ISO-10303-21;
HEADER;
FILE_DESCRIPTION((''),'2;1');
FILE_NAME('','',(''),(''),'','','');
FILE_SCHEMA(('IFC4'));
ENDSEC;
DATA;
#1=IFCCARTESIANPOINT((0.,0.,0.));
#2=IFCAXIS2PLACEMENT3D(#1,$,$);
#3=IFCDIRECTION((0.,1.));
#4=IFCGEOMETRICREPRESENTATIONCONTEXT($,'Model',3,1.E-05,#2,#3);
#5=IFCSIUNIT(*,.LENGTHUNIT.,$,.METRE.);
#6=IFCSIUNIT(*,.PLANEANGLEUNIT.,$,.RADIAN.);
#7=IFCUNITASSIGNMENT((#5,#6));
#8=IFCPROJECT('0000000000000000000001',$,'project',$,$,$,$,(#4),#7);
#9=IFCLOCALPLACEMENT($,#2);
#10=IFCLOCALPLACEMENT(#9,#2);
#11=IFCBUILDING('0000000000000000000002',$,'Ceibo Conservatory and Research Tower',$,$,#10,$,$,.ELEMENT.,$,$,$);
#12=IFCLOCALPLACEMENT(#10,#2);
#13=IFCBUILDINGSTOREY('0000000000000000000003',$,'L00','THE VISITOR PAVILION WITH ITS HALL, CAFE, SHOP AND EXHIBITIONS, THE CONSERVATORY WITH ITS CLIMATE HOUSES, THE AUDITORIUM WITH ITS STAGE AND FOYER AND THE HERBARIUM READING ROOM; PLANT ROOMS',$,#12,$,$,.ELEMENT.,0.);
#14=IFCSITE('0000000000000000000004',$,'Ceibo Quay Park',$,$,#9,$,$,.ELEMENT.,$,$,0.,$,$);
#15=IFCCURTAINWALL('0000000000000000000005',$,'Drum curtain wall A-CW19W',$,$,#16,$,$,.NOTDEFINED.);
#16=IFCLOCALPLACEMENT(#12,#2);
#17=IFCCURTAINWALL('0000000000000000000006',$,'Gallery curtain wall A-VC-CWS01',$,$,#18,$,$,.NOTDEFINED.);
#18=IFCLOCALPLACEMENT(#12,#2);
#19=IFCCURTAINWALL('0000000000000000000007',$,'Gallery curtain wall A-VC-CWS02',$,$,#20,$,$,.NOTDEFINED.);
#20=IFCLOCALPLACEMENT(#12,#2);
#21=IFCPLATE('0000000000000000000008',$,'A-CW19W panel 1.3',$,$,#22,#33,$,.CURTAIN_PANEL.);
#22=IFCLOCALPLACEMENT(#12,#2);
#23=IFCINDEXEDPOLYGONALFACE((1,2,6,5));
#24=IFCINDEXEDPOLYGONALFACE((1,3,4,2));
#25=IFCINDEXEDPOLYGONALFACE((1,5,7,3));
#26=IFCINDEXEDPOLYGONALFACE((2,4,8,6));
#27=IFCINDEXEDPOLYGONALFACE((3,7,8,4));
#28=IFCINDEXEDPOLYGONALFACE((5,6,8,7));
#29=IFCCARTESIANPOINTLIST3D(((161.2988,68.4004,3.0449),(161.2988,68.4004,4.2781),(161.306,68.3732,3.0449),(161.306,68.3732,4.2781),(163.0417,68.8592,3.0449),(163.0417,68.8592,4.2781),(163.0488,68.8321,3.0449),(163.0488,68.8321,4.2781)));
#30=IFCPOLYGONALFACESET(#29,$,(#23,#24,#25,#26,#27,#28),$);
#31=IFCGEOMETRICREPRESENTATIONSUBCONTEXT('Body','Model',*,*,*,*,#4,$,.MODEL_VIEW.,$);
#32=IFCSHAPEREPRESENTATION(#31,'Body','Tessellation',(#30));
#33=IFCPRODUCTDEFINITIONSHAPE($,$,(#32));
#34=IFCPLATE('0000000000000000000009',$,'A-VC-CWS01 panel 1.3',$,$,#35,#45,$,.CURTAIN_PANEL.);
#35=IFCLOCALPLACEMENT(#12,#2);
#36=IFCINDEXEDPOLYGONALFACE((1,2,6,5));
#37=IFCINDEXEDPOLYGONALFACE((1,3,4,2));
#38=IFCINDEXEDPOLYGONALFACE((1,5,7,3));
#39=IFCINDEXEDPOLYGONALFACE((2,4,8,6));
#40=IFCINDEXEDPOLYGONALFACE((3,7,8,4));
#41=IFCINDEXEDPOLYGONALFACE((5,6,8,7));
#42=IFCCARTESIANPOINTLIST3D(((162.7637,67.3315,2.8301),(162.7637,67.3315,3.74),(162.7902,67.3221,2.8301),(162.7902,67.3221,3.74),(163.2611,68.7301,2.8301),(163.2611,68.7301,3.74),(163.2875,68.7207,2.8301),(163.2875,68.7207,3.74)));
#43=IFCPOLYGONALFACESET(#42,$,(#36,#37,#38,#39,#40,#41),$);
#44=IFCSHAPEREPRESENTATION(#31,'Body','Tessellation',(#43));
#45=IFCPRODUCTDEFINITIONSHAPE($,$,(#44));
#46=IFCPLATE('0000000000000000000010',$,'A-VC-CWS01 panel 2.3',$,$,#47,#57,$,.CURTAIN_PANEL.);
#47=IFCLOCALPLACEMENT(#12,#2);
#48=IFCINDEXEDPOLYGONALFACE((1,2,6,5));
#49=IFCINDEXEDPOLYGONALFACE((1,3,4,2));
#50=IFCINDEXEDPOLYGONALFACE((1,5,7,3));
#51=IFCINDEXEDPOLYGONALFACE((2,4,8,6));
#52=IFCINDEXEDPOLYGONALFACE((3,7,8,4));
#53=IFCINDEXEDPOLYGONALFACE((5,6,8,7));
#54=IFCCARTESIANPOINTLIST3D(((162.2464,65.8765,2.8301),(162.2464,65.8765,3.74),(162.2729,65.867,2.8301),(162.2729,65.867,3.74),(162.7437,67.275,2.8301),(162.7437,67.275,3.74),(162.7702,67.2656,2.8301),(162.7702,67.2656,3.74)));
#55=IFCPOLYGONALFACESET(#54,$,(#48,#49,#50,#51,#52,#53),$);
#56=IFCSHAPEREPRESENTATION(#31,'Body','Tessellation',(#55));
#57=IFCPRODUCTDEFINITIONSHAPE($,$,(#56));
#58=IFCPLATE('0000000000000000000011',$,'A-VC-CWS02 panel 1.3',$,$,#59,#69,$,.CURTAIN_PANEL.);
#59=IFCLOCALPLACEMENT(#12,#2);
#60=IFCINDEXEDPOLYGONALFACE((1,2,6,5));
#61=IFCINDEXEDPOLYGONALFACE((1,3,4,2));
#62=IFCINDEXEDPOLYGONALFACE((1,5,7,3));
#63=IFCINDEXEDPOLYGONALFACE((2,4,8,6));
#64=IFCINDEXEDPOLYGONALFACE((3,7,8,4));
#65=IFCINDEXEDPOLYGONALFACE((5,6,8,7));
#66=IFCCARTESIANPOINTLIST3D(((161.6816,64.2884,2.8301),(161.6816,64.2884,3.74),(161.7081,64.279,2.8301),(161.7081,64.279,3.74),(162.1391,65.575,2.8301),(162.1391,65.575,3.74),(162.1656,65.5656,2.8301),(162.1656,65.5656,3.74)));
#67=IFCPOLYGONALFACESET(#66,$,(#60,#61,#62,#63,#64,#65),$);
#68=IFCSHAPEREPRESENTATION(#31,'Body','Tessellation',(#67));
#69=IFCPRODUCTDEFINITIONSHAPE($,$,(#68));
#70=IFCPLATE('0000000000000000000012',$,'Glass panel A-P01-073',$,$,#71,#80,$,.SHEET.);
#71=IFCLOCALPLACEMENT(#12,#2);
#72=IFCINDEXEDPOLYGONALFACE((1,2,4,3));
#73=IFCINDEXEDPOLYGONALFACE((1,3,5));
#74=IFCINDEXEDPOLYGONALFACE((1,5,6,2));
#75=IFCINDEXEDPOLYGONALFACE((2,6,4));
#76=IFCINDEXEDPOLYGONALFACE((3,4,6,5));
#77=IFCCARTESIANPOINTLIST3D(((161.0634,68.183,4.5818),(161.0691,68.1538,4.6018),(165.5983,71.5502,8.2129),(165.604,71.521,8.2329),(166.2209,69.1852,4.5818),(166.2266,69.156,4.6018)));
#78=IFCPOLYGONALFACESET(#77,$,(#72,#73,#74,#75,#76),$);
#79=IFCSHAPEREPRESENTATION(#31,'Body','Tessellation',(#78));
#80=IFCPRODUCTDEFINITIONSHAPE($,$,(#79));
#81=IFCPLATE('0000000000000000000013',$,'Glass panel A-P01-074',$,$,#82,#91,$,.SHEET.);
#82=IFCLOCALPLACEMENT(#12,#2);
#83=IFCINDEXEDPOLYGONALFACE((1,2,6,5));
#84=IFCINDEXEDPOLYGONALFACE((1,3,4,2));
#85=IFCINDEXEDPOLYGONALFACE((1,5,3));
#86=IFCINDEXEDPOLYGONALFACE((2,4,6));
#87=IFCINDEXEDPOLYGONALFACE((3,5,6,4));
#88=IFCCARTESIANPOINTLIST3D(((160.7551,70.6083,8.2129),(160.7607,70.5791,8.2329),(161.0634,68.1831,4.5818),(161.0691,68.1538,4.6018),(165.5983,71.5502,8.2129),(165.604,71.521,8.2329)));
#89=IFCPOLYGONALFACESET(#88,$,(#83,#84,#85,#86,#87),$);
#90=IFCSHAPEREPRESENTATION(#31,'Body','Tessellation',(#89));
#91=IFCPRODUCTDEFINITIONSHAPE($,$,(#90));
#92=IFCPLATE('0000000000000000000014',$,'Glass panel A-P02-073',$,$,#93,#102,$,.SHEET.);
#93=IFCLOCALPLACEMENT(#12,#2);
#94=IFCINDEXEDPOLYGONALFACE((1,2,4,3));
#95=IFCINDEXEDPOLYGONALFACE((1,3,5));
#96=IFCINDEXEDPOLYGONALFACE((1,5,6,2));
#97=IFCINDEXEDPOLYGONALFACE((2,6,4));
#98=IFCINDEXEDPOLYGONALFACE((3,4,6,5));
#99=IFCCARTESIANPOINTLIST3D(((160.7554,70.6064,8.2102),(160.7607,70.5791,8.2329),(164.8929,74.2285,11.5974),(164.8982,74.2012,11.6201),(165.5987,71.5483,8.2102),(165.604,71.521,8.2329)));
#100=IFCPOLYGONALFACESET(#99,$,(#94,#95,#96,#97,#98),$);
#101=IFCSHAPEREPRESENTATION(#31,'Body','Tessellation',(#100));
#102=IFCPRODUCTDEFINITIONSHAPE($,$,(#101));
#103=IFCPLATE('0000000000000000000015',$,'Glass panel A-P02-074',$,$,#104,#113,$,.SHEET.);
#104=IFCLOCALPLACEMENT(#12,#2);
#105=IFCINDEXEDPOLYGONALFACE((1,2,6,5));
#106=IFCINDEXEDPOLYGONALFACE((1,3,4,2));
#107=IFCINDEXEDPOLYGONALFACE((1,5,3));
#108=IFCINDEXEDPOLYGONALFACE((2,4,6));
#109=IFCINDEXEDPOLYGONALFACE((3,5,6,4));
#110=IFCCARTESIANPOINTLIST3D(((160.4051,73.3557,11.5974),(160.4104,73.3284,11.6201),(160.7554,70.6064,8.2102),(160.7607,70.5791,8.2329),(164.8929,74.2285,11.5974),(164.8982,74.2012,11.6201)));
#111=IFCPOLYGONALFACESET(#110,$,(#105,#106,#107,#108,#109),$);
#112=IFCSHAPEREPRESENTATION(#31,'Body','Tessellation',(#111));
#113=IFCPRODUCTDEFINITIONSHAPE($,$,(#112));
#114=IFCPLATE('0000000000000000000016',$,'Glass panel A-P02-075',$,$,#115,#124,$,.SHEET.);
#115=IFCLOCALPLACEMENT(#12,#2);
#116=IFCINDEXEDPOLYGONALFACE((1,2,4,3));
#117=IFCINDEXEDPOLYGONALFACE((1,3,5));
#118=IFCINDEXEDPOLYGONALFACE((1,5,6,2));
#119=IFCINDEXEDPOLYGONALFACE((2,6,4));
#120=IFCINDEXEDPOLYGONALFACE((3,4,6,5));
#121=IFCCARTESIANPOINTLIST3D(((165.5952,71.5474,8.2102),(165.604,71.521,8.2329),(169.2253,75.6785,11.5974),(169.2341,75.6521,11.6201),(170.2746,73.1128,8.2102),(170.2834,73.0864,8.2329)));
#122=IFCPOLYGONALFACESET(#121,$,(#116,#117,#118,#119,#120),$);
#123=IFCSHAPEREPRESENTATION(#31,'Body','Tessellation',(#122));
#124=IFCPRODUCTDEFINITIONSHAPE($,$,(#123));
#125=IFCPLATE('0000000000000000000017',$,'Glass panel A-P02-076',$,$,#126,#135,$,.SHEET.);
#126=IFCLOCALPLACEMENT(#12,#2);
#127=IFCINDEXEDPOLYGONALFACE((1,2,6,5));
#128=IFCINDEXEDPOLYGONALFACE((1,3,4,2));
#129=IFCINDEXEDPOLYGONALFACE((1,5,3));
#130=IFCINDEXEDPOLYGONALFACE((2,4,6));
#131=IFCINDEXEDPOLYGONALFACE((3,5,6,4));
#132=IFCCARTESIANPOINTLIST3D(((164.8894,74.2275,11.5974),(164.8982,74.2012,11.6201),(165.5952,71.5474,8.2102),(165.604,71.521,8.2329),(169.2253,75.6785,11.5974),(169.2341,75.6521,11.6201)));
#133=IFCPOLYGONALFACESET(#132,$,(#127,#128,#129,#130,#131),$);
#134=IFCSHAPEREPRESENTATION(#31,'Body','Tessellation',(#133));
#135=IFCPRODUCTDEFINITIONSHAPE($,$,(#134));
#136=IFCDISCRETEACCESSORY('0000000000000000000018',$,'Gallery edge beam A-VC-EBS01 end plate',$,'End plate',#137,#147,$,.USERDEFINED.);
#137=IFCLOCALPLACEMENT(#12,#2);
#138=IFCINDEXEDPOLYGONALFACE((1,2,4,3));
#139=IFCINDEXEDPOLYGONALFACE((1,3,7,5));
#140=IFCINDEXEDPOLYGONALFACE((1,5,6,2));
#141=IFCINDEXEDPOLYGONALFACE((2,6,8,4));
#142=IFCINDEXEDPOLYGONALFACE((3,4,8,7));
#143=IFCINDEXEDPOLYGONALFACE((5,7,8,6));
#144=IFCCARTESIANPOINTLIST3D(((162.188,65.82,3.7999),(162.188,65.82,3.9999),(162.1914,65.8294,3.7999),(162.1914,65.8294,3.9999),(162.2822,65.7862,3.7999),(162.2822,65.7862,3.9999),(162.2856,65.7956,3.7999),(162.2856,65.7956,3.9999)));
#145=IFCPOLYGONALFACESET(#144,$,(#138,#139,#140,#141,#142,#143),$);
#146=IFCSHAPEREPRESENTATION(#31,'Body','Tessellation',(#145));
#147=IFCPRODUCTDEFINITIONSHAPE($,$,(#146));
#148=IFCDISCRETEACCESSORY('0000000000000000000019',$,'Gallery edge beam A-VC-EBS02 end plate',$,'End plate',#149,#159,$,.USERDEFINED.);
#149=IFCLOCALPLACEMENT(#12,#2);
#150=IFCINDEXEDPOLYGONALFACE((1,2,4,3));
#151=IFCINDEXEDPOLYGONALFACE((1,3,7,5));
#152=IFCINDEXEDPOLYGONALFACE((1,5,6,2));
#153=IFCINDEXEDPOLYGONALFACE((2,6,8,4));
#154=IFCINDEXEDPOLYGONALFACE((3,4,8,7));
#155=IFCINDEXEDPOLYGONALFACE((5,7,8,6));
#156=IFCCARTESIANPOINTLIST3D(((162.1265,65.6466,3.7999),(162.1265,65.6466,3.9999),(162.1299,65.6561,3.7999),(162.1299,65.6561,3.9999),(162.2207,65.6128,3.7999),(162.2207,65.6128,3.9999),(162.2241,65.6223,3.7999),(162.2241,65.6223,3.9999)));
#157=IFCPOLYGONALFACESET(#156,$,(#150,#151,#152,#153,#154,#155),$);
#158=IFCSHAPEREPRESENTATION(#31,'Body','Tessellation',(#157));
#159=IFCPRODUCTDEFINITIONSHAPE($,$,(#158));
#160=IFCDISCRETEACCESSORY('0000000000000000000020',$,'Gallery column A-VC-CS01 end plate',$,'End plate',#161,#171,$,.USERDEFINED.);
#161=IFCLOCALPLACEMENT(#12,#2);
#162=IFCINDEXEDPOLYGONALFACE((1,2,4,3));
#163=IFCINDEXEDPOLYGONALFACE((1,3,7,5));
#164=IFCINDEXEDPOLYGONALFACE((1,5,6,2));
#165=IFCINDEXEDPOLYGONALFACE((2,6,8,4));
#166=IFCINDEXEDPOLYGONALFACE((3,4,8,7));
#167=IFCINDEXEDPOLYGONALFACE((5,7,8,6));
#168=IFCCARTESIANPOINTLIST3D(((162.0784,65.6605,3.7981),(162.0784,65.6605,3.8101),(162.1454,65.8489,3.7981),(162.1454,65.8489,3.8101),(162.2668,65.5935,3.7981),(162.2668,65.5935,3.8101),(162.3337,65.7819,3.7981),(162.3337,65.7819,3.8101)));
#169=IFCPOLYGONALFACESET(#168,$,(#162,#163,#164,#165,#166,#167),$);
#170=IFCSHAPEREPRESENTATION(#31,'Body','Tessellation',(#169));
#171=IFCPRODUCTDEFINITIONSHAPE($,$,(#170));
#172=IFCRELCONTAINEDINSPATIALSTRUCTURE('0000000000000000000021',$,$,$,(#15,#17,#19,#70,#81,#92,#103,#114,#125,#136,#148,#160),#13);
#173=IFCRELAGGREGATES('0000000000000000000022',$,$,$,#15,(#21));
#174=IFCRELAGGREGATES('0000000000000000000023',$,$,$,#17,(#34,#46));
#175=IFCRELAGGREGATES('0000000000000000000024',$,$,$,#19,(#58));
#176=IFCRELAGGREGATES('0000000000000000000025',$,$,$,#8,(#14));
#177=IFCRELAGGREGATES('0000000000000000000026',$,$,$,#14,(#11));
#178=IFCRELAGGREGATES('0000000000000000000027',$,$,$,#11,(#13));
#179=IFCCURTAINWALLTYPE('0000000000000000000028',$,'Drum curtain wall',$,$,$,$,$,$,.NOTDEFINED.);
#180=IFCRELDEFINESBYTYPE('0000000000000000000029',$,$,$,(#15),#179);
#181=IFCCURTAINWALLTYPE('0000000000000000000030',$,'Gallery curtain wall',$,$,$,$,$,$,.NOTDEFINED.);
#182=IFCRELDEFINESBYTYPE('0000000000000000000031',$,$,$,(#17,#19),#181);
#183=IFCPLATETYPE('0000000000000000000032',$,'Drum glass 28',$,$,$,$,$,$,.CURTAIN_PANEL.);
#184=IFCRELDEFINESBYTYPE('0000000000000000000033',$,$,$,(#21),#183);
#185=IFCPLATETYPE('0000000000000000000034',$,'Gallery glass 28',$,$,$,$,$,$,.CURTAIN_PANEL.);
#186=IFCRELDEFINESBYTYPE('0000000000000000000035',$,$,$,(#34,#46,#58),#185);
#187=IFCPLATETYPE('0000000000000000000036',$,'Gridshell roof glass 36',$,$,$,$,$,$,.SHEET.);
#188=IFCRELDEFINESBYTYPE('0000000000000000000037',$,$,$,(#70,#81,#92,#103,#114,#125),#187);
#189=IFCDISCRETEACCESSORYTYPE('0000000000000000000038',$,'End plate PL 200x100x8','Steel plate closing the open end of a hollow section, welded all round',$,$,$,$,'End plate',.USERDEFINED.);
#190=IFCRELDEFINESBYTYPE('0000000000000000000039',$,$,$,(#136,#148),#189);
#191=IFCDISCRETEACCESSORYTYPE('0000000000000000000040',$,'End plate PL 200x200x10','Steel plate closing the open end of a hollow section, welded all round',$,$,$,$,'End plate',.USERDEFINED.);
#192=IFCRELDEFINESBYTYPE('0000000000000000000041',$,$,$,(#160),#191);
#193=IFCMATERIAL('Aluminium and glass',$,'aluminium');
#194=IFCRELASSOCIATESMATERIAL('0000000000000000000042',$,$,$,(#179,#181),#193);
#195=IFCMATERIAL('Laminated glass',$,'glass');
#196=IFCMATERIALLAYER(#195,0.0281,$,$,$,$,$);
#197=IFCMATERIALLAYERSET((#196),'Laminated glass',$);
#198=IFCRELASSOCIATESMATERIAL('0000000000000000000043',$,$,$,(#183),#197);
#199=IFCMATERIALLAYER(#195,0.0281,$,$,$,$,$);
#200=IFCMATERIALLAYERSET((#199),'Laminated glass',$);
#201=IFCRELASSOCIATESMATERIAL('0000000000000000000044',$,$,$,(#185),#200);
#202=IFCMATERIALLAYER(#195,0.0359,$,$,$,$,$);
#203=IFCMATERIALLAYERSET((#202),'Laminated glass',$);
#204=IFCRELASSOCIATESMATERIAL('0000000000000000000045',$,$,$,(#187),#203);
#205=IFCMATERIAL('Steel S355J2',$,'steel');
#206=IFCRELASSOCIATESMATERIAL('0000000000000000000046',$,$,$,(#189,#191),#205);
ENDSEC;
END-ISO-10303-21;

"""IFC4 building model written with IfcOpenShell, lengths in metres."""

from ifc_helpers import new_model, si_unit, direction, frame, origin, origin_2d, place, context, subcontext, project, spatial, polyline, rectangle, outline, extrude, material, layer, layer_set, material_profile, profile_set, type_object, element, aggregate, save


model = new_model("IFC4")

# Units and contexts
model_context = context("Model", 3, precision=1e-05, world=origin(), true_north=direction((0.0, 1.0)))
body_context = subcontext(model_context, "Body", "Model", "MODEL_VIEW")
ifc_project = project(units=[si_unit("LENGTHUNIT", "METRE"), si_unit("PLANEANGLEUNIT", "RADIAN")], contexts=[model_context])

# Site, building, storey
site_placement = place(None, origin())
site = spatial("IfcSite", under=ifc_project, at=site_placement, Name="Ceibo Quay Park", CompositionType="ELEMENT", RefElevation=0.0)
building_placement = place(site_placement, origin())
building = spatial("IfcBuilding", under=site, at=building_placement, Name="Ceibo Conservatory and Research Tower", CompositionType="ELEMENT")
storey_placement = place(building_placement, origin())
storey = spatial("IfcBuildingStorey", under=building, at=storey_placement, Name="L00", Description="THE VISITOR PAVILION WITH ITS HALL, CAFE, SHOP AND EXHIBITIONS, THE CONSERVATORY WITH ITS CLIMATE HOUSES, THE AUDITORIUM WITH ITS STAGE AND FOYER AND THE HERBARIUM READING ROOM; PLANT ROOMS", CompositionType="ELEMENT", Elevation=0.0)

# Curtain walls
ifc_material_1 = material(Name="Aluminium and glass", Category="aluminium")
curtain_wall_type_1 = type_object("IfcCurtainWallType", Name="Drum curtain wall", PredefinedType="NOTDEFINED", material=ifc_material_1)
curtain_wall_1_placement = place(storey_placement, origin())
curtain_wall_1 = element("IfcCurtainWall", 1, at=curtain_wall_1_placement, inside=storey, type_object=curtain_wall_type_1, Name="Drum curtain wall A-CW19W", PredefinedType="NOTDEFINED")
curtain_wall_type_2 = type_object("IfcCurtainWallType", Name="Gallery curtain wall", PredefinedType="NOTDEFINED", material=ifc_material_1)
curtain_wall_2_placement = place(storey_placement, origin())
curtain_wall_2 = element("IfcCurtainWall", 2, at=curtain_wall_2_placement, inside=storey, type_object=curtain_wall_type_2, Name="Gallery curtain wall A-VC-CWS01", PredefinedType="NOTDEFINED")
curtain_wall_3_placement = place(storey_placement, origin())
curtain_wall_3 = element("IfcCurtainWall", 3, at=curtain_wall_3_placement, inside=storey, type_object=curtain_wall_type_2, Name="Gallery curtain wall A-VC-CWS02", PredefinedType="NOTDEFINED")

# Plates
ifc_material_2 = material(Name="Laminated glass", Category="glass")
ifc_layer_1 = layer(ifc_material_2, 0.0281)
ifc_layer_set_1 = layer_set([ifc_layer_1], Name="Laminated glass")
plate_type_1 = type_object("IfcPlateType", Name="Drum glass 28", PredefinedType="CURTAIN_PANEL", material=ifc_layer_set_1)
plate_1_placement = place(storey_placement, frame((162.1738, 68.6162, 3.0449), z_axis=(0.0, 0.0, 1.0), x_axis=(0.967046, 0.254602, 0.0)))
plate_1 = element("IfcPlate", 4, at=plate_1_placement, type_object=plate_type_1, Name="A-CW19W panel 1.3", PredefinedType="CURTAIN_PANEL", context=body_context, shape_type="SweptSolid", body=[
    extrude(rectangle(XDim=1.8022, YDim=0.0281, at=origin_2d()), origin(), (0.0, 0.0, 1.0), 1.2332),
])
aggregate(curtain_wall_1, [plate_1])
ifc_layer_2 = layer(ifc_material_2, 0.0281)
ifc_layer_set_2 = layer_set([ifc_layer_2], Name="Laminated glass")
plate_type_2 = type_object("IfcPlateType", Name="Gallery glass 28", PredefinedType="CURTAIN_PANEL", material=ifc_layer_set_2)
plate_2_placement = place(storey_placement, frame((163.0256, 68.0261, 2.8301), z_axis=(0.0, 0.0, 1.0), x_axis=(-0.33504, -0.942204, 0.0)))
plate_2 = element("IfcPlate", 5, at=plate_2_placement, type_object=plate_type_2, Name="A-VC-CWS01 panel 1.3", PredefinedType="CURTAIN_PANEL", context=body_context, shape_type="SweptSolid", body=[
    extrude(rectangle(XDim=1.4844, YDim=0.0281, at=origin_2d()), origin(), (0.0, 0.0, 1.0), 0.9099),
])
plate_3_placement = place(storey_placement, frame((162.5083, 66.571, 2.8301), z_axis=(0.0, 0.0, 1.0), x_axis=(-0.33504, -0.942204, 0.0)))
plate_3 = element("IfcPlate", 6, at=plate_3_placement, type_object=plate_type_2, Name="A-VC-CWS01 panel 2.3", PredefinedType="CURTAIN_PANEL", context=body_context, shape_type="SweptSolid", body=[
    extrude(rectangle(XDim=1.4844, YDim=0.0281, at=origin_2d()), origin(), (0.0, 0.0, 1.0), 0.9099),
])
aggregate(curtain_wall_2, [plate_2, plate_3])
plate_4_placement = place(storey_placement, frame((161.9236, 64.927, 2.8301), z_axis=(0.0, 0.0, 1.0), x_axis=(-0.33504, -0.942204, 0.0)))
plate_4 = element("IfcPlate", 7, at=plate_4_placement, type_object=plate_type_2, Name="A-VC-CWS02 panel 1.3", PredefinedType="CURTAIN_PANEL", context=body_context, shape_type="SweptSolid", body=[
    extrude(rectangle(XDim=1.3655, YDim=0.0281, at=origin_2d()), origin(), (0.0, 0.0, 1.0), 0.9099),
])
aggregate(curtain_wall_3, [plate_4])

# Plates
ifc_layer_3 = layer(ifc_material_2, 0.0359)
ifc_layer_set_3 = layer_set([ifc_layer_3], Name="Laminated glass")
plate_type_3 = type_object("IfcPlateType", Name="Gridshell roof glass 36", PredefinedType="SHEET", material=ifc_layer_set_3)
plate_5_placement = place(storey_placement, frame((161.0691, 68.1538, 4.6018), z_axis=(0.15832, -0.814739, 0.557795), x_axis=(0.981638, 0.190752, 0.0)))
element("IfcPlate", 8, at=plate_5_placement, inside=storey, type_object=plate_type_3, Name="Glass panel A-P01-073", PredefinedType="SHEET", context=body_context, shape_type="SweptSolid", body=[
    extrude(outline(polyline([(0.0, 0.0), (5.2539, 0.0), (5.0939, 4.3749), (0.0, 0.0)])), origin(), (0.0, 0.0, -1.0), 0.0359),
])
plate_6_placement = place(storey_placement, frame((161.0691, 68.1538, 4.6018), z_axis=(0.158457, -0.814794, 0.557675), x_axis=(0.675363, 0.501459, 0.540763)))
element("IfcPlate", 9, at=plate_6_placement, inside=storey, type_object=plate_type_3, Name="Glass panel A-P01-074", PredefinedType="SHEET", context=body_context, shape_type="SweptSolid", body=[
    extrude(outline(polyline([(0.0, 0.0), (6.7148, 0.0), (2.9715, 3.2144), (0.0, 0.0)])), origin(), (0.0, 0.0, -1.0), 0.0359),
])
plate_7_placement = place(storey_placement, frame((160.7607, 70.5791, 8.2329), z_axis=(0.14787, -0.760354, 0.632453), x_axis=(0.98161, 0.190899, 0.0)))
element("IfcPlate", 10, at=plate_7_placement, inside=storey, type_object=plate_type_3, Name="Glass panel A-P02-073", PredefinedType="SHEET", context=body_context, shape_type="SweptSolid", body=[
    extrude(outline(polyline([(0.0, 0.0), (4.934, 0.0), (4.7528, 4.3729), (0.0, 0.0)])), origin(), (0.0, 0.0, -1.0), 0.0359),
])
plate_8_placement = place(storey_placement, frame((160.7607, 70.5791, 8.2329), z_axis=(0.147877, -0.760357, 0.632448), x_axis=(0.64063, 0.56083, 0.524464)))
element("IfcPlate", 11, at=plate_8_placement, inside=storey, type_object=plate_type_3, Name="Glass panel A-P02-074", PredefinedType="SHEET", context=body_context, shape_type="SweptSolid", body=[
    extrude(outline(polyline([(0.0, 0.0), (6.4584, 0.0), (3.0939, 3.0955), (0.0, 0.0)])), origin(), (0.0, 0.0, -1.0), 0.0359),
])
plate_9_placement = place(storey_placement, frame((165.604, 71.521, 8.2329), z_axis=(0.245728, -0.734541, 0.632509), x_axis=(0.948341, 0.317252, 0.0)))
element("IfcPlate", 12, at=plate_9_placement, inside=storey, type_object=plate_type_3, Name="Glass panel A-P02-075", PredefinedType="SHEET", context=body_context, shape_type="SweptSolid", body=[
    extrude(outline(polyline([(0.0, 0.0), (4.9343, 0.0), (4.7532, 4.3731), (0.0, 0.0)])), origin(), (0.0, 0.0, -1.0), 0.0359),
])
plate_10_placement = place(storey_placement, frame((165.604, 71.521, 8.2329), z_axis=(0.245806, -0.734563, 0.632453), x_axis=(0.562037, 0.639602, 0.524427)))
element("IfcPlate", 13, at=plate_10_placement, inside=storey, type_object=plate_type_3, Name="Glass panel A-P02-076", PredefinedType="SHEET", context=body_context, shape_type="SweptSolid", body=[
    extrude(outline(polyline([(0.0, 0.0), (6.4589, 0.0), (3.0939, 3.0956), (0.0, 0.0)])), origin(), (0.0, 0.0, -1.0), 0.0359),
])

# Discrete accessories
ifc_material_3 = material(Name="Steel S355J2", Category="steel")
ifc_material_profile_1 = material_profile(ifc_material_3, rectangle(XDim=0.1001, YDim=0.2, at=origin_2d()), Name="End plate PL 200x100x8")
ifc_profile_set_1 = profile_set([ifc_material_profile_1], Name="Steel S355J2")
discrete_accessory_type_1 = type_object("IfcDiscreteAccessoryType", Name="End plate PL 200x100x8", Description="Steel plate closing the open end of a hollow section, welded all round", ElementType="End plate", PredefinedType="USERDEFINED", material=ifc_profile_set_1)
for number, where, z_axis, x_axis, name in (
    (14, (162.2385, 65.8125, 3.8999), (-0.337865, -0.941195, 0.0), (0.941195, -0.337865, 0.0), "Gallery edge beam A-VC-EBS01 end plate"),
    (15, (162.177, 65.6392, 3.8999), (-0.337865, -0.941195, 0.0), (0.941195, -0.337865, 0.0), "Gallery edge beam A-VC-EBS02 end plate"),
):
    element("IfcDiscreteAccessory", number, at=place(storey_placement, frame(where, z_axis=z_axis, x_axis=x_axis)), inside=storey, type_object=discrete_accessory_type_1, Name=name, ObjectType="End plate", PredefinedType="USERDEFINED", context=body_context, shape_type="SweptSolid", body=[
        extrude(rectangle(XDim=0.1001, YDim=0.2, at=origin_2d()), origin(), (0.0, 0.0, 1.0), 0.01),
    ])
ifc_material_profile_2 = material_profile(ifc_material_3, rectangle(XDim=0.2, YDim=0.2, at=origin_2d()), Name="End plate PL 200x200x10")
ifc_profile_set_2 = profile_set([ifc_material_profile_2], Name="Steel S355J2")
discrete_accessory_type_2 = type_object("IfcDiscreteAccessoryType", Name="End plate PL 200x200x10", Description="Steel plate closing the open end of a hollow section, welded all round", ElementType="End plate", PredefinedType="USERDEFINED", material=ifc_profile_set_2)
discrete_accessory_1_placement = place(storey_placement, frame((162.2061, 65.7212, 3.7981), z_axis=(0.0, 0.0, 1.0), x_axis=(-0.33504, -0.942204, 0.0)))
element("IfcDiscreteAccessory", 16, at=discrete_accessory_1_placement, inside=storey, type_object=discrete_accessory_type_2, Name="Gallery column A-VC-CS01 end plate", ObjectType="End plate", PredefinedType="USERDEFINED", context=body_context, shape_type="SweptSolid", body=[
    extrude(rectangle(XDim=0.2, YDim=0.2, at=origin_2d()), origin(), (0.0, 0.0, 1.0), 0.012),
])

save(model, "model.ifc")
